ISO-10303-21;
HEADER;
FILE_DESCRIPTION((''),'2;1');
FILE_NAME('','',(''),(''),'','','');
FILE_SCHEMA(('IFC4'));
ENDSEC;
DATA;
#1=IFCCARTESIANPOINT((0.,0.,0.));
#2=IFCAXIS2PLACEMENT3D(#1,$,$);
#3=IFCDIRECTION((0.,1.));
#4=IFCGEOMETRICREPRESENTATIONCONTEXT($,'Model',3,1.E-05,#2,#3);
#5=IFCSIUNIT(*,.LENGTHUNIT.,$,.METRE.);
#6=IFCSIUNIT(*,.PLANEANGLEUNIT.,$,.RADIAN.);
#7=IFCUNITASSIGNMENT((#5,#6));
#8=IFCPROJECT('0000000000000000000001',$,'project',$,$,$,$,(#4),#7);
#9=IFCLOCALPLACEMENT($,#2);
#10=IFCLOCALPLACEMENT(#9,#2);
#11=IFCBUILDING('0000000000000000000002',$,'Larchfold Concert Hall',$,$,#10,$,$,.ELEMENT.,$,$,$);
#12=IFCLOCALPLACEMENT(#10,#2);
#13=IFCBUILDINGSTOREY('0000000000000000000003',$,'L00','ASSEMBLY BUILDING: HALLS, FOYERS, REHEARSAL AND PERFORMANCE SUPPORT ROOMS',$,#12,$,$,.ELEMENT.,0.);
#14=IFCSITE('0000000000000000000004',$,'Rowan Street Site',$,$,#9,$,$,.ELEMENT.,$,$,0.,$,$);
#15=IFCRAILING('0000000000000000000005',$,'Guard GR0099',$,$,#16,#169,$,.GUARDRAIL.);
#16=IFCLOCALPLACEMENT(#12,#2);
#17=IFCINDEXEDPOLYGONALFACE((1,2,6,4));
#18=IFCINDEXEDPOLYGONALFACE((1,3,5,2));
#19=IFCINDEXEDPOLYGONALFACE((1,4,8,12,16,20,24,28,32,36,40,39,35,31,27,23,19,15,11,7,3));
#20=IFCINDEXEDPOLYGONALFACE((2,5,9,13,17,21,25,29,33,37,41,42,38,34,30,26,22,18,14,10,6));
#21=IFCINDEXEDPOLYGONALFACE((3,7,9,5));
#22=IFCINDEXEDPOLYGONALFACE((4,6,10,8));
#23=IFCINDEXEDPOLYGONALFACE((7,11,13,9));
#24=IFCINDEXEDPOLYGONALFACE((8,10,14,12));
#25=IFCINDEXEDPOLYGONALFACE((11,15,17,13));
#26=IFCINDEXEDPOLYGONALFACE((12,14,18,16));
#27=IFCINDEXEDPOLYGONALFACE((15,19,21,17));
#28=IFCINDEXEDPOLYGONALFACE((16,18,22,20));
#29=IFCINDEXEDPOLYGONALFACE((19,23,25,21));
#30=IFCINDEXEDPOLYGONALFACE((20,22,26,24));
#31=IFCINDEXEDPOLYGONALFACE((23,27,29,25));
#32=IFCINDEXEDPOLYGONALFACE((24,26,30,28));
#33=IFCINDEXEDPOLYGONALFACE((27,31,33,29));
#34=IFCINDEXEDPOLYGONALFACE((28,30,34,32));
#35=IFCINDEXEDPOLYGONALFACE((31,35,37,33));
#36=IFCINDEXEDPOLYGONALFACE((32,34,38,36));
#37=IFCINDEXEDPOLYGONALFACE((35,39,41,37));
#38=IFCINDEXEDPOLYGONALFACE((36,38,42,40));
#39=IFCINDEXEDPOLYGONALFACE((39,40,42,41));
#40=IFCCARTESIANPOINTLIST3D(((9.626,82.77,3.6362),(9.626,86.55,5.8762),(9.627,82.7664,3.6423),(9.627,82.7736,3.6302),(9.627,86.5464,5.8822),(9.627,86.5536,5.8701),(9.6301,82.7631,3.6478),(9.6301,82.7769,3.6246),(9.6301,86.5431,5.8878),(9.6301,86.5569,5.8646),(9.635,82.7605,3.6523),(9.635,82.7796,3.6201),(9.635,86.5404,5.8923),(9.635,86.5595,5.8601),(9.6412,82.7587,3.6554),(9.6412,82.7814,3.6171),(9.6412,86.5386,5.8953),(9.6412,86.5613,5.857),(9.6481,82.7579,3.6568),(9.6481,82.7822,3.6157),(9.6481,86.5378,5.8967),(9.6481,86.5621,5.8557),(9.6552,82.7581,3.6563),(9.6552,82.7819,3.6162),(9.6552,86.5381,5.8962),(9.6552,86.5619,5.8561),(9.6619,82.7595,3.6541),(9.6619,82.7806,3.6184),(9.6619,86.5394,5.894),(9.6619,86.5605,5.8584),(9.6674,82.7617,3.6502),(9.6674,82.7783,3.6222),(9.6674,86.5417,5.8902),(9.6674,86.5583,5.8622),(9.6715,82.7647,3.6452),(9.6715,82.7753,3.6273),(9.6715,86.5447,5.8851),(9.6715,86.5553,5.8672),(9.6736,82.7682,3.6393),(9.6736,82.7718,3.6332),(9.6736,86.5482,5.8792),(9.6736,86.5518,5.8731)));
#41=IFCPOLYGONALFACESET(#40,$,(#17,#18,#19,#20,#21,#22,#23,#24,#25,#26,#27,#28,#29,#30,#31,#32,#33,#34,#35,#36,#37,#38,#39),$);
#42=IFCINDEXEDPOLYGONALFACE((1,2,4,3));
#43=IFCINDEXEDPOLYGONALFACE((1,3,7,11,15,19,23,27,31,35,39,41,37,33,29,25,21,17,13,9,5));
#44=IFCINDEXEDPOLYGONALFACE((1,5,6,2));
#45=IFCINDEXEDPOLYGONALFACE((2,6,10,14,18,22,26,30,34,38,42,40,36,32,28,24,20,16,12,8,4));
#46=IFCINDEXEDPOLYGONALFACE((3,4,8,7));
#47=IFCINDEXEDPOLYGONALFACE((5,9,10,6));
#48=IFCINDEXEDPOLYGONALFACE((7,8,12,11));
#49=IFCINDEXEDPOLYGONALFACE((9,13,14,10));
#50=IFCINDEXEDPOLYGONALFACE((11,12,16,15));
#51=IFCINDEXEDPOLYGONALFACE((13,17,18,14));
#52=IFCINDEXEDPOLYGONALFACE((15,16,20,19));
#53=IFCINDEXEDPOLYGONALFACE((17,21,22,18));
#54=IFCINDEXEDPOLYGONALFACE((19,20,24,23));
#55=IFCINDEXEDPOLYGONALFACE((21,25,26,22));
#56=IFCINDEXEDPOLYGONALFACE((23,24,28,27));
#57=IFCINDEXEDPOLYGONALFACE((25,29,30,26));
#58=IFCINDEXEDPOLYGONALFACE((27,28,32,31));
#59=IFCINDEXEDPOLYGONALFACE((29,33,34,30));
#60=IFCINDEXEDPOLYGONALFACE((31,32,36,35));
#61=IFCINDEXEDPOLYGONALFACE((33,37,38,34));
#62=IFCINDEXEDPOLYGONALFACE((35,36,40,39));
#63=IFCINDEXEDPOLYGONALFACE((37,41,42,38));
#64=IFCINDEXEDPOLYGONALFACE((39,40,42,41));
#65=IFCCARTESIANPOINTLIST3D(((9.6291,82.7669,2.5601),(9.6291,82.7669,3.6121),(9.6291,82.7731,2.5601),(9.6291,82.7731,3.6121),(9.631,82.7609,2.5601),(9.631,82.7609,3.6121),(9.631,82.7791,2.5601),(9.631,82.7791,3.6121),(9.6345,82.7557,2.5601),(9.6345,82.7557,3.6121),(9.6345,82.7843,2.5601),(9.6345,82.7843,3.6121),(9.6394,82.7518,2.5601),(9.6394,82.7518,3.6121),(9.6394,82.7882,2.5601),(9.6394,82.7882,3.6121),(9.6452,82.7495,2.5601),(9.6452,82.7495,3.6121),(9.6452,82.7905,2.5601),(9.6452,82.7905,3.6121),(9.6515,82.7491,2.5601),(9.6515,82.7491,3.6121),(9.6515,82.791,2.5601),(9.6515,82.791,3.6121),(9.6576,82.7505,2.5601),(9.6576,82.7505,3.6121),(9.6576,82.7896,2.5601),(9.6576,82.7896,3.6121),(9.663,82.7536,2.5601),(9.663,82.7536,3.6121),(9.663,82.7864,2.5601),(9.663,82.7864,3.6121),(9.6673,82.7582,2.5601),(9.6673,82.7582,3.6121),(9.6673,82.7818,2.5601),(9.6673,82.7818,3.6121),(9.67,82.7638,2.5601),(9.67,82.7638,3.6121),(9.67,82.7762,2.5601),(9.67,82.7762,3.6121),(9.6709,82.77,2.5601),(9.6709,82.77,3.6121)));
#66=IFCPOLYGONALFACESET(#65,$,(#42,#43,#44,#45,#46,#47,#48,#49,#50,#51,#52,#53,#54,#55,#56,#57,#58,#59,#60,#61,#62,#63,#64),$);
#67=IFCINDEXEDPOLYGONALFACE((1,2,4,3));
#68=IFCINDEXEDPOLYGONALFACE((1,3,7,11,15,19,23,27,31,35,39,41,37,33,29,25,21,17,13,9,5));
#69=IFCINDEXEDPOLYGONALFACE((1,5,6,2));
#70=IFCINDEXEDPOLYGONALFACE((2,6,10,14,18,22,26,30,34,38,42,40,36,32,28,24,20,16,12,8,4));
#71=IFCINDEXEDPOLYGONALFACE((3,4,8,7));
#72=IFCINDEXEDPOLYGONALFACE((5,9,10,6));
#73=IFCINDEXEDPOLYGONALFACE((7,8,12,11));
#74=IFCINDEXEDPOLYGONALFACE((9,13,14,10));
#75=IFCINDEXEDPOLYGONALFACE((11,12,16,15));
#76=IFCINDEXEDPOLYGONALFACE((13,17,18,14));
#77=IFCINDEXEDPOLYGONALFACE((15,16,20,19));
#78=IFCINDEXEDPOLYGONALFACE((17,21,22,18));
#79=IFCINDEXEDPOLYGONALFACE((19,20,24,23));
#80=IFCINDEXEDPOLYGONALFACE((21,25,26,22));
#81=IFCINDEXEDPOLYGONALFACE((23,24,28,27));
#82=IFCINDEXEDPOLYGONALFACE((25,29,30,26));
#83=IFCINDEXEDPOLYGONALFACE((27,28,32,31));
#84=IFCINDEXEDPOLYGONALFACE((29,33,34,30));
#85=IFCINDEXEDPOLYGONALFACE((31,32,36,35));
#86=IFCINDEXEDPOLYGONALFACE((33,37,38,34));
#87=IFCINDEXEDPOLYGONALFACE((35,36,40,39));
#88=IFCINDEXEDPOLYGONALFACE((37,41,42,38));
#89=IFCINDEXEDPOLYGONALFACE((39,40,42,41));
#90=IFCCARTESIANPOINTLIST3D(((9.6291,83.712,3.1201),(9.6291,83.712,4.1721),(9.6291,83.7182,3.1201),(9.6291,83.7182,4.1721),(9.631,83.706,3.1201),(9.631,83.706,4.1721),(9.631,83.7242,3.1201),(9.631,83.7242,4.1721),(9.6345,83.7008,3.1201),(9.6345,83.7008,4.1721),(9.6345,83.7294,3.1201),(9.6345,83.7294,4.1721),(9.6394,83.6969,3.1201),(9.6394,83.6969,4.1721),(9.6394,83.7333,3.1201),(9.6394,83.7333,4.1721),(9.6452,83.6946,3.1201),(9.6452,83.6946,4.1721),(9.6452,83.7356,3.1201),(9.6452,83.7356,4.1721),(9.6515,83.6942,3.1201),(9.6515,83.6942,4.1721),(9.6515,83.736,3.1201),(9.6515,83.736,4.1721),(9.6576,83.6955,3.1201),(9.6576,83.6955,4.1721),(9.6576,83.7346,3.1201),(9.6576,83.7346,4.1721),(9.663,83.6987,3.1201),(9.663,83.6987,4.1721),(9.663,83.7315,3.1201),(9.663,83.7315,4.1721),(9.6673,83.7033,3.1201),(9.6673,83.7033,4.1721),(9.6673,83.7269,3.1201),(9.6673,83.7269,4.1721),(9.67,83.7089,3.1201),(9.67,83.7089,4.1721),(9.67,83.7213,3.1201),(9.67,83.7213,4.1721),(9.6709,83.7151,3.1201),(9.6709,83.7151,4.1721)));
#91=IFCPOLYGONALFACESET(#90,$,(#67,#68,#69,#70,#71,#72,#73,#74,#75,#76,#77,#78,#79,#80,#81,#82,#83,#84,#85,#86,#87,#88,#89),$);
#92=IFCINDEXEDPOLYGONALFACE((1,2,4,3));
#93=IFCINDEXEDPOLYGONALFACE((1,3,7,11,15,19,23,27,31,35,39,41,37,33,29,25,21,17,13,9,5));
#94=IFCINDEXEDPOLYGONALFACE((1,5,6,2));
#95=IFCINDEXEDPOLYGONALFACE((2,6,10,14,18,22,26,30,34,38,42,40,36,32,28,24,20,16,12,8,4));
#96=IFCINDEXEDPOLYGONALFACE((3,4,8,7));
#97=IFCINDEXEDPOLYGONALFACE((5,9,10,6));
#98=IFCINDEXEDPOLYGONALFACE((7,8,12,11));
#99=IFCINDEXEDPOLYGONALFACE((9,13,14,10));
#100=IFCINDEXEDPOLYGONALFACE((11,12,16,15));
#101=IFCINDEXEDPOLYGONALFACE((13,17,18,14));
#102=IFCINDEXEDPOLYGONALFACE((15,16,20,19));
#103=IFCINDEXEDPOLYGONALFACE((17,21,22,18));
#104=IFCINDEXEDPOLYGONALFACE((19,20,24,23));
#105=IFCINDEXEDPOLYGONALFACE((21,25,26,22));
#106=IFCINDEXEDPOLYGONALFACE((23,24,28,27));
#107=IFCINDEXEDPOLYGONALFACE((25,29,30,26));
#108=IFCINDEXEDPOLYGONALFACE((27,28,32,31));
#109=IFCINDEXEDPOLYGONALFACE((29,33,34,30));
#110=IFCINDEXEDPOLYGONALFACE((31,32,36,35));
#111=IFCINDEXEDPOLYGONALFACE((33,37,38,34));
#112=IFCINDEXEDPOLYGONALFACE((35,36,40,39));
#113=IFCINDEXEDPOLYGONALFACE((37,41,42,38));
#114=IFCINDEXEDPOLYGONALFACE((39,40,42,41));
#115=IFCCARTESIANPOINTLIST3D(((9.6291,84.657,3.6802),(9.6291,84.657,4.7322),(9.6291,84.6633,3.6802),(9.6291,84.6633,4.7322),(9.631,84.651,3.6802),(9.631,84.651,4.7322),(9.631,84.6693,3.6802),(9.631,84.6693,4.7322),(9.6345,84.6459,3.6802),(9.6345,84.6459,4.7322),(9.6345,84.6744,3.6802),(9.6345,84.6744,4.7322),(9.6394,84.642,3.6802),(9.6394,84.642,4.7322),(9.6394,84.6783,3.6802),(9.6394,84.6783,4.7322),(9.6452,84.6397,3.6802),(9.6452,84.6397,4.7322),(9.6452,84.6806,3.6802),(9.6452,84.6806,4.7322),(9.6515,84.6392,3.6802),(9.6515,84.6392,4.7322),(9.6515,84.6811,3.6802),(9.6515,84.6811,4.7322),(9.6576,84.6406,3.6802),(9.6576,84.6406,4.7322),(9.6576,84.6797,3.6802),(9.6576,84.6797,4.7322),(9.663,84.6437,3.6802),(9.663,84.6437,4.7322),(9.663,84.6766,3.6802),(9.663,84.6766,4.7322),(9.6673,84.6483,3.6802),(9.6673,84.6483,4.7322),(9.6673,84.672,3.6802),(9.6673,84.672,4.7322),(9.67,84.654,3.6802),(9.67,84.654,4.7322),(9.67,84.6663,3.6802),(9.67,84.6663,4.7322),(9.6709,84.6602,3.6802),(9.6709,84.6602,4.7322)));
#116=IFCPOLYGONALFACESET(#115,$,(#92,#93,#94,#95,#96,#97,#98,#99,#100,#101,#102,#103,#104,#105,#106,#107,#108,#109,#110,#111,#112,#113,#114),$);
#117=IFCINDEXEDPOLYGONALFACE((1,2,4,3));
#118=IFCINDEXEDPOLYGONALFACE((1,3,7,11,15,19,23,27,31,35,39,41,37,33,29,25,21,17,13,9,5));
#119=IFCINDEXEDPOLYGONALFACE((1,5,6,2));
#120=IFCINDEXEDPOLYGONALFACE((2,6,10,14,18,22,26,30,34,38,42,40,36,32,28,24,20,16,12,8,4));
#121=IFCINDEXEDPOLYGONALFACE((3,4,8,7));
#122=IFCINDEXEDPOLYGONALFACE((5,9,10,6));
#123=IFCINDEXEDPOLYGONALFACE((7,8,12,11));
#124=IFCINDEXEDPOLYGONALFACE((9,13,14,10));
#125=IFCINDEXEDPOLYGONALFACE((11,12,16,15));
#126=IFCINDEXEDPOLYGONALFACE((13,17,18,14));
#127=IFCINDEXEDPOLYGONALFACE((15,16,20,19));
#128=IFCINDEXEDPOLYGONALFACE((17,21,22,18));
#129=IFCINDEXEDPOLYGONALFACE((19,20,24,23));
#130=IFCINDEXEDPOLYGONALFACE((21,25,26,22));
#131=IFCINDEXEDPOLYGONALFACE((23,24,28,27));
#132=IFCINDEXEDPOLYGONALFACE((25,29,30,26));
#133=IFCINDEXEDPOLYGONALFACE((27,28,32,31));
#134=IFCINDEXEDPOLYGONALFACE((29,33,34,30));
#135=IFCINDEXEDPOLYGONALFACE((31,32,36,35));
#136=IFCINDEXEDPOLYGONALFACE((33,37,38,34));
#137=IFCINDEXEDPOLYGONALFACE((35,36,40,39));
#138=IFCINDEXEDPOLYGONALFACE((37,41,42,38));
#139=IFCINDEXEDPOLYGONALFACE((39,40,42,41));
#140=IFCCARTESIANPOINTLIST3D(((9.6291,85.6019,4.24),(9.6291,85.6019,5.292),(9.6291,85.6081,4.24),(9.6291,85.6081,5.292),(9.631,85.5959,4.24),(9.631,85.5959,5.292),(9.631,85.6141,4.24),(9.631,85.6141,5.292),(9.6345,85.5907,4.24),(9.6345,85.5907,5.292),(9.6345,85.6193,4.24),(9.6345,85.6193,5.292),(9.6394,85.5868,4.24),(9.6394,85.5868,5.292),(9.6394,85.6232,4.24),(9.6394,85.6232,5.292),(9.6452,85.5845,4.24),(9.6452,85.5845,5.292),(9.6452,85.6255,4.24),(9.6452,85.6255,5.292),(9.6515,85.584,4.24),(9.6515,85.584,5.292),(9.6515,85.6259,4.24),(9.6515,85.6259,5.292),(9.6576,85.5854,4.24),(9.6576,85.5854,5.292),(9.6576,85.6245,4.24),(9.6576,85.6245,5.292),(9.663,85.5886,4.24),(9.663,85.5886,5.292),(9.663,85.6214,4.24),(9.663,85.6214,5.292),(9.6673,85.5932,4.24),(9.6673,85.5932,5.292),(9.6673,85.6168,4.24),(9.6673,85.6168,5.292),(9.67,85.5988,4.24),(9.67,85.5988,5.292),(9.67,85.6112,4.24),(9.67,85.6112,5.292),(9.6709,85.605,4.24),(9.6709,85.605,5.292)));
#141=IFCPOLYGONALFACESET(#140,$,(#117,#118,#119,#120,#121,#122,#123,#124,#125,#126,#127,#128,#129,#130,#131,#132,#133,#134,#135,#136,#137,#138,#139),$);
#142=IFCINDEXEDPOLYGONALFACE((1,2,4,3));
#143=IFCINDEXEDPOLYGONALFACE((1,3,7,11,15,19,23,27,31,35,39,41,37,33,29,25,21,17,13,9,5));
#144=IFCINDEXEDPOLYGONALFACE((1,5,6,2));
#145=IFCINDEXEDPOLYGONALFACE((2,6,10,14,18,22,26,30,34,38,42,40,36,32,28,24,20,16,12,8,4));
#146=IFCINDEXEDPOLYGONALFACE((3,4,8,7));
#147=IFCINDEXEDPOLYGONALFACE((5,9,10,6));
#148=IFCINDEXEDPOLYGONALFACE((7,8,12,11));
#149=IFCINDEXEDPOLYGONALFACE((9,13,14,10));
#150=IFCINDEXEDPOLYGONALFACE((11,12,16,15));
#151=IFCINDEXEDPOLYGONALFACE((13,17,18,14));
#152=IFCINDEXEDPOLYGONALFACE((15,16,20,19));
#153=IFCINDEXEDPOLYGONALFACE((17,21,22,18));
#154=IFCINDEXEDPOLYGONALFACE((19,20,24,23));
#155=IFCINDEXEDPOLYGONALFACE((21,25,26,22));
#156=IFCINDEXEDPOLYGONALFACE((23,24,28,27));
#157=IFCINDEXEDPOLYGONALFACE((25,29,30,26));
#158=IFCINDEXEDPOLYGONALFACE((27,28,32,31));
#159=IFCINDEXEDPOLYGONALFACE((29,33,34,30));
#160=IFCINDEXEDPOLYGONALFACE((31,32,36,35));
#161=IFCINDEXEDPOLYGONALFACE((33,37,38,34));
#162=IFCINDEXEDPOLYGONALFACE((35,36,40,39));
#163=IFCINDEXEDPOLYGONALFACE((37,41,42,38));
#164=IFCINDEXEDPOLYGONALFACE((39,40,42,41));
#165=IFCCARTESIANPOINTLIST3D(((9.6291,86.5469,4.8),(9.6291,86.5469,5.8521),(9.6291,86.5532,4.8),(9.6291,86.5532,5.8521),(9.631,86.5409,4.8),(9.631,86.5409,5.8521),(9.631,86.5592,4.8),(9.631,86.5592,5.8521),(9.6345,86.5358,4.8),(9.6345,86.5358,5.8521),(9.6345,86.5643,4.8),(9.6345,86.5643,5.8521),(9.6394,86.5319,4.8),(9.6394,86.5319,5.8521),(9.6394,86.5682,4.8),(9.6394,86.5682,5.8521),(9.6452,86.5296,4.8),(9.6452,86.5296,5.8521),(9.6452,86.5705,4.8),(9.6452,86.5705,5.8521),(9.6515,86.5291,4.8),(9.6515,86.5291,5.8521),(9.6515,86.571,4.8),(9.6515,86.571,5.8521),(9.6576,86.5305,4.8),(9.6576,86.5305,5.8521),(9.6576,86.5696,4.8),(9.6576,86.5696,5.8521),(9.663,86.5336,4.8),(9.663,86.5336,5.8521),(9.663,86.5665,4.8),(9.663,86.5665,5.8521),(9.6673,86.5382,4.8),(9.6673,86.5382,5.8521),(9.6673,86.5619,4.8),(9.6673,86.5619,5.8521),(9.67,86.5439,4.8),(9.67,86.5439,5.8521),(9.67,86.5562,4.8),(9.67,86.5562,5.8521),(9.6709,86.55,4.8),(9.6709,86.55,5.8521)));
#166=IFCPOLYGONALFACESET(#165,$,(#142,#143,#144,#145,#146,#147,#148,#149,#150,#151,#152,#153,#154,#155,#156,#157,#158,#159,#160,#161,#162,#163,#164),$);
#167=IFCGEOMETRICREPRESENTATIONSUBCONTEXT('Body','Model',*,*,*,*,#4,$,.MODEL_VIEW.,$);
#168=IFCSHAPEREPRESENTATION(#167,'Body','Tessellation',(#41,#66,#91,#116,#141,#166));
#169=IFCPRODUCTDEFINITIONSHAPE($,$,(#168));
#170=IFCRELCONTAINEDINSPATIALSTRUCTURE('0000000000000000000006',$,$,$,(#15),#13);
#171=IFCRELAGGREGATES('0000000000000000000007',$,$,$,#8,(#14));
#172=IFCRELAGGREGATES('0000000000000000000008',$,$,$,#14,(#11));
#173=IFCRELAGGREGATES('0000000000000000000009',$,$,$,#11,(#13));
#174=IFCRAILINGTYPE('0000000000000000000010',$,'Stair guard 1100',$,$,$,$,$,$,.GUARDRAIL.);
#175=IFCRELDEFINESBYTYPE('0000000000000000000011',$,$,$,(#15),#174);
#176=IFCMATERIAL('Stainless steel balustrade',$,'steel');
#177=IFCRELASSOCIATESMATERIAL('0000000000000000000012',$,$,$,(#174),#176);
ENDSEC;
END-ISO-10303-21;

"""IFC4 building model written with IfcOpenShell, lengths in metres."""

from ifc_helpers import new_model, si_unit, direction, frame, origin, origin_2d, place, context, subcontext, project, spatial, circle, extrude, material, type_object, element, save


model = new_model("IFC4")

# Units and contexts
model_context = context("Model", 3, precision=1e-05, world=origin(), true_north=direction((0.0, 1.0)))
body_context = subcontext(model_context, "Body", "Model", "MODEL_VIEW")
ifc_project = project(units=[si_unit("LENGTHUNIT", "METRE"), si_unit("PLANEANGLEUNIT", "RADIAN")], contexts=[model_context])

# Site, building, storey
site_placement = place(None, origin())
site = spatial("IfcSite", under=ifc_project, at=site_placement, Name="Rowan Street Site", CompositionType="ELEMENT", RefElevation=0.0)
building_placement = place(site_placement, origin())
building = spatial("IfcBuilding", under=site, at=building_placement, Name="Larchfold Concert Hall", CompositionType="ELEMENT")
storey_placement = place(building_placement, origin())
storey = spatial("IfcBuildingStorey", under=building, at=storey_placement, Name="L00", Description="ASSEMBLY BUILDING: HALLS, FOYERS, REHEARSAL AND PERFORMANCE SUPPORT ROOMS", CompositionType="ELEMENT", Elevation=0.0)

# Railing
ifc_material_1 = material(Name="Stainless steel balustrade", Category="steel")
railing_type_1 = type_object("IfcRailingType", Name="Stair guard 1100", PredefinedType="GUARDRAIL", material=ifc_material_1)
railing_1_placement = place(storey_placement, frame((9.6499, 82.77, 2.5601)))
element("IfcRailing", 1, at=railing_1_placement, inside=storey, type_object=railing_type_1, Name="Guard GR0099", PredefinedType="GUARDRAIL", context=body_context, shape_type="SweptSolid", body=[
    extrude(circle(Radius=0.0239, at=origin_2d()), frame((0.0, 0.0, 1.0762), z_axis=(0.0, 0.860294, 0.509798), x_axis=(-1.0, 0.0, 0.0)), (0.0, 0.0, 1.0), 4.3938),
    extrude(circle(Radius=0.021, at=origin_2d()), origin(), (0.0, 0.0, 1.0), 1.052),
    extrude(circle(Radius=0.021, at=origin_2d()), frame((0.0, 0.9451, 0.5601)), (0.0, 0.0, 1.0), 1.052),
    extrude(circle(Radius=0.021, at=origin_2d()), frame((0.0, 1.8901, 1.1201)), (0.0, 0.0, 1.0), 1.052),
    extrude(circle(Radius=0.021, at=origin_2d()), frame((0.0, 2.835, 1.6799)), (0.0, 0.0, 1.0), 1.052),
    extrude(circle(Radius=0.021, at=origin_2d()), frame((0.0, 3.78, 2.24)), (0.0, 0.0, 1.0), 1.052),
])

save(model, "model.ifc")
